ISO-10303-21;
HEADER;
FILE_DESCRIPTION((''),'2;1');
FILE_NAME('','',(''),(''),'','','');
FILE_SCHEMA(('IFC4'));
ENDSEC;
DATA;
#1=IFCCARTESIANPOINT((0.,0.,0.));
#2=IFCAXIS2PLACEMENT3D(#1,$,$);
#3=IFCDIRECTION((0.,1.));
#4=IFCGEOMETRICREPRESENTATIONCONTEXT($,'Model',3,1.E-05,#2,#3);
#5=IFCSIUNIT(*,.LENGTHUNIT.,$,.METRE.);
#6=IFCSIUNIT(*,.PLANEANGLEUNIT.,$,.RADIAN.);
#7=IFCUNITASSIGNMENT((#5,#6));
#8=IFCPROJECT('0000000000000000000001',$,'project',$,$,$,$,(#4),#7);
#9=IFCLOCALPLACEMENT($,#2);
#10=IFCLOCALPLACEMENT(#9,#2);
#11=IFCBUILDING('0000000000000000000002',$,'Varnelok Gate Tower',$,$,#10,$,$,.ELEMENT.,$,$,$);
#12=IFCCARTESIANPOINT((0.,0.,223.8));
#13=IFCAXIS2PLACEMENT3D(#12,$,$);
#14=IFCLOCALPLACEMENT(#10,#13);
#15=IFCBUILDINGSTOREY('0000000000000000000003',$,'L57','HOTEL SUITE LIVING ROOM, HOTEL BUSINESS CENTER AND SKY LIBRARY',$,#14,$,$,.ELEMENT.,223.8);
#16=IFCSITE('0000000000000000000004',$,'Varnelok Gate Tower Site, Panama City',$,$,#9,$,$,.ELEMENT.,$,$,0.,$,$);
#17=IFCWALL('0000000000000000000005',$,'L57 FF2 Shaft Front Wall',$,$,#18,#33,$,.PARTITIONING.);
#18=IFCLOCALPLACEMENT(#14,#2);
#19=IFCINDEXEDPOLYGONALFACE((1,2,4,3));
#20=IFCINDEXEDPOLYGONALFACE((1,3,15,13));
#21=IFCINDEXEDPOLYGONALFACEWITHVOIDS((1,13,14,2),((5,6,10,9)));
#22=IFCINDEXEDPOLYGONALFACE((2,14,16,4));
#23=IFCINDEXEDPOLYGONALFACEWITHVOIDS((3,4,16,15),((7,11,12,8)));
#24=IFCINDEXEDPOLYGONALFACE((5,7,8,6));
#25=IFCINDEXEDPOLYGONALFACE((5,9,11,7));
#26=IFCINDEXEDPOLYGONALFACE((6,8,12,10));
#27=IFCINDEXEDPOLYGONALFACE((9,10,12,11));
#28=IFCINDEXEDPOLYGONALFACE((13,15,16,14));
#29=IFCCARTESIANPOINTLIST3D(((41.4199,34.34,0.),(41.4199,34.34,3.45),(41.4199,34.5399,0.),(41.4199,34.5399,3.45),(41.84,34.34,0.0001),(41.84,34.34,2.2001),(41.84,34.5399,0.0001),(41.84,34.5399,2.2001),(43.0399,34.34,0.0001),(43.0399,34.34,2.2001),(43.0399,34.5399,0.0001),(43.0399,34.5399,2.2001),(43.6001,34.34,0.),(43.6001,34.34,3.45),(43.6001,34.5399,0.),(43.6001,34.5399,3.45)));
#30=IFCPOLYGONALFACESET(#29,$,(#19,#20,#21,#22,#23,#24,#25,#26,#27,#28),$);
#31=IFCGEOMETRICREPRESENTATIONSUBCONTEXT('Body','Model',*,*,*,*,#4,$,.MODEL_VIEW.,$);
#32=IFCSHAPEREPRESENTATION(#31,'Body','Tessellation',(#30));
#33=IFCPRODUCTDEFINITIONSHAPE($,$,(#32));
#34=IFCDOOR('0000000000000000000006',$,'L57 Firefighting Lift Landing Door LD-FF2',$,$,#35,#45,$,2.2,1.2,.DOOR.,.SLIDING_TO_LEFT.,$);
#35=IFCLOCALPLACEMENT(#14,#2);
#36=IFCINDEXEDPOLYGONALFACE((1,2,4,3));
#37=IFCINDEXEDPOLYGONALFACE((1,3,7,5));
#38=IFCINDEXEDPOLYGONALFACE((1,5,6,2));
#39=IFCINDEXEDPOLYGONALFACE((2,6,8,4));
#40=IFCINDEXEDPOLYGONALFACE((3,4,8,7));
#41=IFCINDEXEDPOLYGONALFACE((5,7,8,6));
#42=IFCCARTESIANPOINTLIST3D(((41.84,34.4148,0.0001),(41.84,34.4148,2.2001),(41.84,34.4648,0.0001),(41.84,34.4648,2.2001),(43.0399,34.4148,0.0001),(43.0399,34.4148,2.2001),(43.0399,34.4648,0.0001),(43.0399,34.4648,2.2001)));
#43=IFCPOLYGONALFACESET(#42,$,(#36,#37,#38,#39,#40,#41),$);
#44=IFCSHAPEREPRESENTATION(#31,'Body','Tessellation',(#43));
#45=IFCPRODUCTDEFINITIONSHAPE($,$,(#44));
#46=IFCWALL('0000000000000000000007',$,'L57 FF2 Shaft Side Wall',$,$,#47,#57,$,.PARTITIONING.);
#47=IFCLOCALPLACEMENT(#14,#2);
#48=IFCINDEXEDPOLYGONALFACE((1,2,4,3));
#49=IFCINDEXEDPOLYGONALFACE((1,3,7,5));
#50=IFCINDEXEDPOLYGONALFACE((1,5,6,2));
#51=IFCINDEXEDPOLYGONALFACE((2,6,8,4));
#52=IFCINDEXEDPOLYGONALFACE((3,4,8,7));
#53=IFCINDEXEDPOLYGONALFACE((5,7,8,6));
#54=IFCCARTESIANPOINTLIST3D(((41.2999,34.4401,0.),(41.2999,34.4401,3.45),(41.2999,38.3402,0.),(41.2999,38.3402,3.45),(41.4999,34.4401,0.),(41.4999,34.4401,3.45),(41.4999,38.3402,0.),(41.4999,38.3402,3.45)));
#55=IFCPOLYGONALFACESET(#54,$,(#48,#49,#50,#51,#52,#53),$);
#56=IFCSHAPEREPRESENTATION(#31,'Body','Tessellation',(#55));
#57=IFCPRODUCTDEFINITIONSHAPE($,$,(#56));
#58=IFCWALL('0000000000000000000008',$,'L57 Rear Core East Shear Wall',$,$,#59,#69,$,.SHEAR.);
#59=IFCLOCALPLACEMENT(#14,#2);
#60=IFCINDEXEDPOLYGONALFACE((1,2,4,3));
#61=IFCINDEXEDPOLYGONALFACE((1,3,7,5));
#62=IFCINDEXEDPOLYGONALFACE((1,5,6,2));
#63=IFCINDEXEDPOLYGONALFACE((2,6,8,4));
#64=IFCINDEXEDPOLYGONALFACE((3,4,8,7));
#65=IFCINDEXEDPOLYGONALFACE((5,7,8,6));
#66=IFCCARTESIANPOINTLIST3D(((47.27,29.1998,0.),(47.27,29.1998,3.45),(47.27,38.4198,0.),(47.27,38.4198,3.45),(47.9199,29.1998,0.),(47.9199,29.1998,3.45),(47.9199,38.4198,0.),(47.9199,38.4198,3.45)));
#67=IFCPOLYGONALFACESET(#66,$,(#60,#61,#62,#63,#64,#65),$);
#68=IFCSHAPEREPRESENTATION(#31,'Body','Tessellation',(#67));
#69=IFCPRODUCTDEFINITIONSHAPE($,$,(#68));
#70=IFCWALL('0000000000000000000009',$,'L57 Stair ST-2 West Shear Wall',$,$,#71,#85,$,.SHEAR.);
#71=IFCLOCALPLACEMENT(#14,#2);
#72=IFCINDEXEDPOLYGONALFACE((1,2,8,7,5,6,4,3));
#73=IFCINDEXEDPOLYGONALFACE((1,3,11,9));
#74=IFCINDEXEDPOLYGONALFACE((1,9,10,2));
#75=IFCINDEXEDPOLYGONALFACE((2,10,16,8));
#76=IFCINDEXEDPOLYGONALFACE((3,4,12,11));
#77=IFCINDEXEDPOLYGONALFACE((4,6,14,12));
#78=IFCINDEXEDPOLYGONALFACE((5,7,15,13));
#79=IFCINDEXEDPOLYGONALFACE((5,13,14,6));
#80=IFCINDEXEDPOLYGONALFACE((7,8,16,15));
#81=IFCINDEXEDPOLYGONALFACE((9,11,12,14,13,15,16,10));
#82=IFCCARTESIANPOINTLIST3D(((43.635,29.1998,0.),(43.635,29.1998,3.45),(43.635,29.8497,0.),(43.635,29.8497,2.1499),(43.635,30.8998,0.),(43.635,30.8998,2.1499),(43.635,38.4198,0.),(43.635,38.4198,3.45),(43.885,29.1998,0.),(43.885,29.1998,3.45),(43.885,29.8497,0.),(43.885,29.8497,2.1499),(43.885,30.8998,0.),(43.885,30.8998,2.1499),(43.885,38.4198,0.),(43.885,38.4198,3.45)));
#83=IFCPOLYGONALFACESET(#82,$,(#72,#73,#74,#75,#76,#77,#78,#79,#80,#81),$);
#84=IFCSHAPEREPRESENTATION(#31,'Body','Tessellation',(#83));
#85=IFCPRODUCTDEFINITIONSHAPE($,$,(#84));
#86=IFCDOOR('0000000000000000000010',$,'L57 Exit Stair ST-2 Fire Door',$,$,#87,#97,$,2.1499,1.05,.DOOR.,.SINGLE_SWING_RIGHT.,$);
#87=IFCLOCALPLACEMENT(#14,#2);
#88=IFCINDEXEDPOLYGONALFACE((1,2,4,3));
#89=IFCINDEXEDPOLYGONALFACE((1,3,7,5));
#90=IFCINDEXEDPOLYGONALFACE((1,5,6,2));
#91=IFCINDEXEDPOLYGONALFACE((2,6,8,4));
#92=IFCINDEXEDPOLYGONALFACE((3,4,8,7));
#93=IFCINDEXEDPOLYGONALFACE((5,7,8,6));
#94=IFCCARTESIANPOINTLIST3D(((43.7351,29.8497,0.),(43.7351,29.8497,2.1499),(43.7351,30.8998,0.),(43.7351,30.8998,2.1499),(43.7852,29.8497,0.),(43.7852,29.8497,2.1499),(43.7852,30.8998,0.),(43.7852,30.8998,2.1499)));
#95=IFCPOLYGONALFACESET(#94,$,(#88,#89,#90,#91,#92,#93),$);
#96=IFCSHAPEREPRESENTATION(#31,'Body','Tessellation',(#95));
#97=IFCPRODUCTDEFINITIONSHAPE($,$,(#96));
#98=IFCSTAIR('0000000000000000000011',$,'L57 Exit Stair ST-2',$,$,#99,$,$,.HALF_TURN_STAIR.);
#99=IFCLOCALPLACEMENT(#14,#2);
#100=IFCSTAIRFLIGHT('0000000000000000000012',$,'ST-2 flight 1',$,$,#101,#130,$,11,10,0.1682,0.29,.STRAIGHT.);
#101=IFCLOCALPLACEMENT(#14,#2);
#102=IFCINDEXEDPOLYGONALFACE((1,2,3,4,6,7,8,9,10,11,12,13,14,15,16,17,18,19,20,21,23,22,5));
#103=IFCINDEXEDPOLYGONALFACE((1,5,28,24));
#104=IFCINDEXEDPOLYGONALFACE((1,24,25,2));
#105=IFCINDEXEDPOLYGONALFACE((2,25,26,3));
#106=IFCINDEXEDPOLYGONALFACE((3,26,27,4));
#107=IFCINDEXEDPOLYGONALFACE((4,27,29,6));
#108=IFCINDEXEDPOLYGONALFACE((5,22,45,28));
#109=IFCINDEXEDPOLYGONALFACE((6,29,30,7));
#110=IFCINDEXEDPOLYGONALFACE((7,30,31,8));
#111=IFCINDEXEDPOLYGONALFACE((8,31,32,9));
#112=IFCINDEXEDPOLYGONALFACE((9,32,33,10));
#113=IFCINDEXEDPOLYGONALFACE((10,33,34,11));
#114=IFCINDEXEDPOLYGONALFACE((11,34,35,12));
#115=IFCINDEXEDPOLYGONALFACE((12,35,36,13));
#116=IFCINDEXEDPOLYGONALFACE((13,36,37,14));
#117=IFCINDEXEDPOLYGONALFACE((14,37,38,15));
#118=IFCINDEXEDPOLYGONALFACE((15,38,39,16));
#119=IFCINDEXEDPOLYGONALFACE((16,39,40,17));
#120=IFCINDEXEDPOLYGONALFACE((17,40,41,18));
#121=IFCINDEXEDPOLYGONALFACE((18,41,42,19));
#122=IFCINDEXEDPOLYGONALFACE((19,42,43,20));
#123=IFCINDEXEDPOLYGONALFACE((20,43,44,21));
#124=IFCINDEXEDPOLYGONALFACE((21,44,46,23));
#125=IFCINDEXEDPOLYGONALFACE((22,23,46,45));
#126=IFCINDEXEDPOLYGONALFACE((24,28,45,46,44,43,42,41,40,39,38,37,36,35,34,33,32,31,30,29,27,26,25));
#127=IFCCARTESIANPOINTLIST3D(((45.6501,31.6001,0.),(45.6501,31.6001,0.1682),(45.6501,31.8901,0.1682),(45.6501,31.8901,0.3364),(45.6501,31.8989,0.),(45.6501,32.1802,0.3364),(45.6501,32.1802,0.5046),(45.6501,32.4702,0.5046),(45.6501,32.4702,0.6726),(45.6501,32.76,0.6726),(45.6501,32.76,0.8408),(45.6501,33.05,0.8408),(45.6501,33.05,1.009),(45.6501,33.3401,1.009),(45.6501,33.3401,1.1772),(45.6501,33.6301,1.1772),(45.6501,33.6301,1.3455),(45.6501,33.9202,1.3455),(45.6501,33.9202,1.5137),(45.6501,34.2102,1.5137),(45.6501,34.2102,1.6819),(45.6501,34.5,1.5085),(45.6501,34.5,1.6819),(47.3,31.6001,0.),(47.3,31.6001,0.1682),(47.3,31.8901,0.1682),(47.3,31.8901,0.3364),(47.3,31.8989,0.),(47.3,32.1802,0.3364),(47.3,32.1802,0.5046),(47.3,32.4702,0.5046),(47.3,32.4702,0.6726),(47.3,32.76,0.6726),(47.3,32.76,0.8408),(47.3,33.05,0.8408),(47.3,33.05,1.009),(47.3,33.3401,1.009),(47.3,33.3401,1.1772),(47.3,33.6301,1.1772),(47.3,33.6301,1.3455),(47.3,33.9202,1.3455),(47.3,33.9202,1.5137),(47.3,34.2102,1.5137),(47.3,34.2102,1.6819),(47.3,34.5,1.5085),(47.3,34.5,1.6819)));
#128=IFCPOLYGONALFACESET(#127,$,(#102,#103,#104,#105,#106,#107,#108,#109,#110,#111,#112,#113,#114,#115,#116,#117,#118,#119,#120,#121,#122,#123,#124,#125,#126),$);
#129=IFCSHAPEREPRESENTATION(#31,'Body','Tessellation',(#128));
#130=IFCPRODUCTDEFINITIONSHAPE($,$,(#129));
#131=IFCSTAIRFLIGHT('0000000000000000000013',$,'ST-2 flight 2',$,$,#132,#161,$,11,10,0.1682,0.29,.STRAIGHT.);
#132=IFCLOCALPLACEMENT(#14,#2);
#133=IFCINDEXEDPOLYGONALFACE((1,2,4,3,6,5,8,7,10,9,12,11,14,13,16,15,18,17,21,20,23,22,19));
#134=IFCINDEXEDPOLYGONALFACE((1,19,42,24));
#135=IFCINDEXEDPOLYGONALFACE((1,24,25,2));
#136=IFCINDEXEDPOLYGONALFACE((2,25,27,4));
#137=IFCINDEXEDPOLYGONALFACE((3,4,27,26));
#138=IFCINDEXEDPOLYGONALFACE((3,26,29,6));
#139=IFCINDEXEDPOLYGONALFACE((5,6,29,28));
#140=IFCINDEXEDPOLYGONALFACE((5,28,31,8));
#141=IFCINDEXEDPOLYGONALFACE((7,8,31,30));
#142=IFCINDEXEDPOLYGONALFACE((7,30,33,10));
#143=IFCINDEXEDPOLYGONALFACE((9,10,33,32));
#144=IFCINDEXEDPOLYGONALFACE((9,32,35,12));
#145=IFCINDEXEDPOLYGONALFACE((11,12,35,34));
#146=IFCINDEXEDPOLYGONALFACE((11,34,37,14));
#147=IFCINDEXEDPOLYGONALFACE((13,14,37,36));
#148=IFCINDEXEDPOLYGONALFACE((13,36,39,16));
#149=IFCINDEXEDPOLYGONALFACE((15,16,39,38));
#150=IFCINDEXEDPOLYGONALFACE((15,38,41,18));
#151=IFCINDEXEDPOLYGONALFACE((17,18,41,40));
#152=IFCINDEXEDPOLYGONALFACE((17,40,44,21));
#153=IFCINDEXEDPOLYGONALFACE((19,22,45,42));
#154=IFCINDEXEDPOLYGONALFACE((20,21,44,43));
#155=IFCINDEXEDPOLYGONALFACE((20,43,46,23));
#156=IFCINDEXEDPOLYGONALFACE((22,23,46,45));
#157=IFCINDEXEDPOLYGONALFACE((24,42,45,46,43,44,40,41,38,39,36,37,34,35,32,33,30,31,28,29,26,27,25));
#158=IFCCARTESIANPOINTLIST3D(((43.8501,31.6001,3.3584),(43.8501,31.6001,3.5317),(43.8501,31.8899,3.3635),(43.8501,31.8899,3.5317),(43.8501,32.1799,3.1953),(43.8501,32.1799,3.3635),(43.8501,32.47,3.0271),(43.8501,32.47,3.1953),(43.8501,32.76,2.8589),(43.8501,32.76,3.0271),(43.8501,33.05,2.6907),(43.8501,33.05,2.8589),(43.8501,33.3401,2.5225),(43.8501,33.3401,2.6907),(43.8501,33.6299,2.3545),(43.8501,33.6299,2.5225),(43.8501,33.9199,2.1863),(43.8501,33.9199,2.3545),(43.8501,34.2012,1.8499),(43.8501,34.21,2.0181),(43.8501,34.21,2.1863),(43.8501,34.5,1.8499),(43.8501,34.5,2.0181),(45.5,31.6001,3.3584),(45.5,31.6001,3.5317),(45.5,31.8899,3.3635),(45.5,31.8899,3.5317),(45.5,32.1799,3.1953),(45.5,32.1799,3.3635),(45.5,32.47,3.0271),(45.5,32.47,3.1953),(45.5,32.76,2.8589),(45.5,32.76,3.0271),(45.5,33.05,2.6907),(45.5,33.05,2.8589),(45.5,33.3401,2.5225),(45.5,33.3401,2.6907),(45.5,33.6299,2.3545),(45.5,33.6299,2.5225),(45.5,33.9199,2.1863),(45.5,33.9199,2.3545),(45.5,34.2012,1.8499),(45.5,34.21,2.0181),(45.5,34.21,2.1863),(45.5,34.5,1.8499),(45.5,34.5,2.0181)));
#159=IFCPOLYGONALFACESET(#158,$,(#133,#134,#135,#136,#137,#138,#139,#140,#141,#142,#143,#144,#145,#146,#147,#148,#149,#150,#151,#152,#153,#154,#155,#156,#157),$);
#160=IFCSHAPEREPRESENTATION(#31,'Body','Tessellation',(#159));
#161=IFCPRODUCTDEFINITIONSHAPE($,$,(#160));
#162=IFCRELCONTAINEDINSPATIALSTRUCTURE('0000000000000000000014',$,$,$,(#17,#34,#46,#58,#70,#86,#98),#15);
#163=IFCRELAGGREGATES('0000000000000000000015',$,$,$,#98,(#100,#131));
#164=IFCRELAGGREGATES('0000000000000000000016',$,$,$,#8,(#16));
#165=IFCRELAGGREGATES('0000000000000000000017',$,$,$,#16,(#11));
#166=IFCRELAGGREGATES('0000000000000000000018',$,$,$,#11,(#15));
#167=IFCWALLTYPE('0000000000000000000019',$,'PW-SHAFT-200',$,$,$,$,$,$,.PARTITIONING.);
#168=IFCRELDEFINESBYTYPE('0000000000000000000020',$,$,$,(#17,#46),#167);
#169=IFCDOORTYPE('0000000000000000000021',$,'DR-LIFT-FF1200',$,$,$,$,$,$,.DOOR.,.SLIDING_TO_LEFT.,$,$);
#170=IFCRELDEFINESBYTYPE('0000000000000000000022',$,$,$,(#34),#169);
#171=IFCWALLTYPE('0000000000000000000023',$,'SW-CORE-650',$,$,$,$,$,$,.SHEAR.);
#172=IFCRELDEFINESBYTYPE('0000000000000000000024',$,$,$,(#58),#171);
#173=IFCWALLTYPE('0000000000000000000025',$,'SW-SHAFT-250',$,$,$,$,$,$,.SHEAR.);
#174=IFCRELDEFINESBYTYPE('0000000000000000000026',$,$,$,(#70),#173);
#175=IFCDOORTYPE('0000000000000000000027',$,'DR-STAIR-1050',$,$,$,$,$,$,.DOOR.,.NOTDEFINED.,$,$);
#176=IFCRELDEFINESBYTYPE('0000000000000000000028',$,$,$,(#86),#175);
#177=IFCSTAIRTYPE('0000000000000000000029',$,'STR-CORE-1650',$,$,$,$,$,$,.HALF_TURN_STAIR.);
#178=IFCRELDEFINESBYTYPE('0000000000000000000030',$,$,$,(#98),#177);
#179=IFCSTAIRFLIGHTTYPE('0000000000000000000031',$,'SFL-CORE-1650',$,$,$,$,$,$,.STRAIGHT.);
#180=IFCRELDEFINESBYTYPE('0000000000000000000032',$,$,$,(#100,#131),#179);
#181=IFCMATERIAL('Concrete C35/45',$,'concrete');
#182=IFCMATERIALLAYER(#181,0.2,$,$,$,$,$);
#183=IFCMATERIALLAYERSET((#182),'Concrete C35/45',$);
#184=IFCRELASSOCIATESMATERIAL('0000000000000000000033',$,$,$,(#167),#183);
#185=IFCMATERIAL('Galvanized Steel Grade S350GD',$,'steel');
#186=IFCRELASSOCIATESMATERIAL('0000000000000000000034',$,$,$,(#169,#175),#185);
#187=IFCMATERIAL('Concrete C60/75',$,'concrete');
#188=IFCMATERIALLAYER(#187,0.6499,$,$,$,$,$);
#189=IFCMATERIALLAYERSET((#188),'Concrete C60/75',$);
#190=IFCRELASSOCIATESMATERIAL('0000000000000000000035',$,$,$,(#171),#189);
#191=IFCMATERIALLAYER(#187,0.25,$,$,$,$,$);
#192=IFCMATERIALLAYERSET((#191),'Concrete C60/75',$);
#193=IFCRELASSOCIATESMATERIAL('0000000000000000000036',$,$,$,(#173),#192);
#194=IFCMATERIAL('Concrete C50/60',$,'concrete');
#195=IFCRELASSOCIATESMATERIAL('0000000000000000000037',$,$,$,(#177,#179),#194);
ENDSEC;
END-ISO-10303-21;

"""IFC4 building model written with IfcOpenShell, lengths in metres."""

from ifc_helpers import new_model, si_unit, direction, frame, frame_2d, origin, place, context, subcontext, project, spatial, polyline, rectangle, outline, extrude, material, layer, layer_set, type_object, element, fill, aggregate, save


model = new_model("IFC4")

# Units and contexts
model_context = context("Model", 3, precision=1e-05, world=origin(), true_north=direction((0.0, 1.0)))
body_context = subcontext(model_context, "Body", "Model", "MODEL_VIEW")
ifc_project = project(units=[si_unit("LENGTHUNIT", "METRE"), si_unit("PLANEANGLEUNIT", "RADIAN")], contexts=[model_context])

# Site, building, storey
site_placement = place(None, origin())
site = spatial("IfcSite", under=ifc_project, at=site_placement, Name="Varnelok Gate Tower Site, Panama City", CompositionType="ELEMENT", RefElevation=0.0)
building_placement = place(site_placement, origin())
building = spatial("IfcBuilding", under=site, at=building_placement, Name="Varnelok Gate Tower", CompositionType="ELEMENT")
storey_placement = place(building_placement, frame((0.0, 0.0, 223.8)))
storey = spatial("IfcBuildingStorey", under=building, at=storey_placement, Name="L57", Description="HOTEL SUITE LIVING ROOM, HOTEL BUSINESS CENTER AND SKY LIBRARY", CompositionType="ELEMENT", Elevation=223.8)

# Shared definitions
ifc_material_1 = material(Name="Galvanized Steel Grade S350GD", Category="steel")

# Shared definitions
ifc_material_2 = material(Name="Concrete C35/45", Category="concrete")
ifc_layer_1 = layer(ifc_material_2, 0.2)
ifc_layer_set_1 = layer_set([ifc_layer_1], Name="Concrete C35/45")
wall_type_1 = type_object("IfcWallType", Name="PW-SHAFT-200", PredefinedType="PARTITIONING", material=ifc_layer_set_1)

# Wall, opening, door
wall_1_placement = place(storey_placement, frame((41.4199, 34.4399, 0.0), z_axis=(0.0, 0.0, 1.0), x_axis=(1.0, 0.0, 0.0)))
wall_1 = element("IfcWall", 1, at=wall_1_placement, inside=storey, type_object=wall_type_1, Name="L57 FF2 Shaft Front Wall", PredefinedType="PARTITIONING", context=body_context, shape_type="SweptSolid", body=[
    extrude(rectangle(XDim=2.1802, YDim=0.2, at=frame_2d((1.0901, 0.0))), origin(), (0.0, 0.0, 1.0), 3.45),
])
opening_1_placement = place(wall_1_placement, frame((0.4199, 0.0, 0.0)))
opening_1 = element("IfcOpeningElement", 2, at=opening_1_placement, cuts=wall_1, PredefinedType="OPENING", context=body_context, shape_type="SweptSolid", body=[
    extrude(rectangle(XDim=1.2, YDim=2.2, at=frame_2d((0.6001, 1.1001))), frame((0.0, 0.1099, 0.0), z_axis=(0.0, -1.0, 0.0), x_axis=(1.0, 0.0, 0.0)), (0.0, 0.0, 1.0), 0.22),
])
door_type_1 = type_object("IfcDoorType", Name="DR-LIFT-FF1200", OperationType="SLIDING_TO_LEFT", PredefinedType="DOOR", material=ifc_material_1)
door_1_placement = place(opening_1_placement, origin())
door_1 = element("IfcDoor", 3, at=door_1_placement, inside=storey, type_object=door_type_1, Name="L57 Firefighting Lift Landing Door LD-FF2", OperationType="SLIDING_TO_LEFT", OverallHeight=2.2, OverallWidth=1.2, PredefinedType="DOOR", context=body_context, shape_type="SweptSolid", body=[
    extrude(rectangle(XDim=1.2, YDim=2.2, at=frame_2d((0.6001, 1.1001))), frame((0.0, 0.0249, 0.0), z_axis=(0.0, -1.0, 0.0), x_axis=(1.0, 0.0, 0.0)), (0.0, 0.0, 1.0), 0.05),
])
fill(opening_1, door_1)

# Walls
wall_2_placement = place(storey_placement, frame((41.3999, 34.4399, 0.0), z_axis=(0.0, 0.0, 1.0), x_axis=(0.0, 1.0, 0.0)))
element("IfcWall", 4, at=wall_2_placement, inside=storey, type_object=wall_type_1, Name="L57 FF2 Shaft Side Wall", PredefinedType="PARTITIONING", context=body_context, shape_type="SweptSolid", body=[
    extrude(rectangle(XDim=3.9001, YDim=0.2, at=frame_2d((1.9502, 0.0))), origin(), (0.0, 0.0, 1.0), 3.45),
])
ifc_material_3 = material(Name="Concrete C60/75", Category="concrete")
ifc_layer_2 = layer(ifc_material_3, 0.6499)
ifc_layer_set_2 = layer_set([ifc_layer_2], Name="Concrete C60/75")
wall_type_2 = type_object("IfcWallType", Name="SW-CORE-650", PredefinedType="SHEAR", material=ifc_layer_set_2)
wall_3_placement = place(storey_placement, frame((47.595, 29.2, 0.0), z_axis=(0.0, 0.0, 1.0), x_axis=(0.0, 1.0, 0.0)))
element("IfcWall", 5, at=wall_3_placement, inside=storey, type_object=wall_type_2, Name="L57 Rear Core East Shear Wall", PredefinedType="SHEAR", context=body_context, shape_type="SweptSolid", body=[
    extrude(rectangle(XDim=9.22, YDim=0.6499, at=frame_2d((4.6099, 0.0))), origin(), (0.0, 0.0, 1.0), 3.45),
])

# Wall, opening, door
ifc_layer_3 = layer(ifc_material_3, 0.25)
ifc_layer_set_3 = layer_set([ifc_layer_3], Name="Concrete C60/75")
wall_type_3 = type_object("IfcWallType", Name="SW-SHAFT-250", PredefinedType="SHEAR", material=ifc_layer_set_3)
wall_4_placement = place(storey_placement, frame((43.76, 29.2, 0.0), z_axis=(0.0, 0.0, 1.0), x_axis=(0.0, 1.0, 0.0)))
wall_4 = element("IfcWall", 6, at=wall_4_placement, inside=storey, type_object=wall_type_3, Name="L57 Stair ST-2 West Shear Wall", PredefinedType="SHEAR", context=body_context, shape_type="SweptSolid", body=[
    extrude(rectangle(XDim=9.22, YDim=0.25, at=frame_2d((4.6099, 0.0))), origin(), (0.0, 0.0, 1.0), 3.45),
])
opening_2_placement = place(wall_4_placement, frame((0.6499, 0.0, 0.0)))
opening_2 = element("IfcOpeningElement", 7, at=opening_2_placement, cuts=wall_4, PredefinedType="OPENING", context=body_context, shape_type="SweptSolid", body=[
    extrude(rectangle(XDim=1.05, YDim=2.1499, at=frame_2d((0.5249, 1.075))), frame((0.0, 0.135, 0.0), z_axis=(0.0, -1.0, 0.0), x_axis=(1.0, 0.0, 0.0)), (0.0, 0.0, 1.0), 0.27),
])
door_type_2 = type_object("IfcDoorType", Name="DR-STAIR-1050", OperationType="NOTDEFINED", PredefinedType="DOOR", material=ifc_material_1)
door_2_placement = place(opening_2_placement, origin())
door_2 = element("IfcDoor", 8, at=door_2_placement, inside=storey, type_object=door_type_2, Name="L57 Exit Stair ST-2 Fire Door", OperationType="SINGLE_SWING_RIGHT", OverallHeight=2.1499, OverallWidth=1.05, PredefinedType="DOOR", context=body_context, shape_type="SweptSolid", body=[
    extrude(rectangle(XDim=1.05, YDim=2.1499, at=frame_2d((0.5249, 1.075))), frame((0.0, 0.0249, 0.0), z_axis=(0.0, -1.0, 0.0), x_axis=(1.0, 0.0, 0.0)), (0.0, 0.0, 1.0), 0.05),
])
fill(opening_2, door_2)

# Stair, stair flights
ifc_material_4 = material(Name="Concrete C50/60", Category="concrete")
stair_type = type_object("IfcStairType", Name="STR-CORE-1650", PredefinedType="HALF_TURN_STAIR", material=ifc_material_4)
stair_placement = place(storey_placement, origin())
stair = element("IfcStair", 9, at=stair_placement, inside=storey, type_object=stair_type, Name="L57 Exit Stair ST-2", PredefinedType="HALF_TURN_STAIR")
stair_flight_type = type_object("IfcStairFlightType", Name="SFL-CORE-1650", PredefinedType="STRAIGHT", material=ifc_material_4)
stair_flight_1_placement = place(storey_placement, frame((46.4751, 31.6001, 0.0), z_axis=(0.0, 0.0, 1.0), x_axis=(0.0, 1.0, 0.0)))
stair_flight_1 = element("IfcStairFlight", 10, at=stair_flight_1_placement, type_object=stair_flight_type, Name="ST-2 flight 1", NumberOfRisers=11, NumberOfTreads=10, PredefinedType="STRAIGHT", RiserHeight=0.1682, TreadLength=0.29, context=body_context, shape_type="SweptSolid", body=[
    extrude(outline(polyline([(0.0, 0.0), (0.0, 0.1682), (0.29, 0.1682), (0.29, 0.3364), (0.5801, 0.3364), (0.5801, 0.5046), (0.8701, 0.5046), (0.8701, 0.6726), (1.1599, 0.6726), (1.1599, 0.8408), (1.45, 0.8408), (1.45, 1.009), (1.74, 1.009), (1.74, 1.1772), (2.03, 1.1772), (2.03, 1.3455), (2.3201, 1.3455), (2.3201, 1.5137), (2.6101, 1.5137), (2.6101, 1.6819), (2.8999, 1.6819), (2.8999, 1.8501), (2.8999, 1.5085), (0.2988, 0.0), (0.0, 0.0)])), frame((0.0, 0.825, 0.0), z_axis=(0.0, -1.0, 0.0), x_axis=(1.0, 0.0, 0.0)), (0.0, 0.0, 1.0), 1.6499),
])
stair_flight_2_placement = place(storey_placement, frame((44.675, 34.5, 1.8499), z_axis=(0.0, 0.0, 1.0), x_axis=(0.0, -1.0, 0.0)))
stair_flight_2 = element("IfcStairFlight", 11, at=stair_flight_2_placement, type_object=stair_flight_type, Name="ST-2 flight 2", NumberOfRisers=11, NumberOfTreads=10, PredefinedType="STRAIGHT", RiserHeight=0.1682, TreadLength=0.29, context=body_context, shape_type="SweptSolid", body=[
    extrude(outline(polyline([(0.0, 0.0), (0.0, 0.1682), (0.29, 0.1682), (0.29, 0.3364), (0.5801, 0.3364), (0.5801, 0.5046), (0.8701, 0.5046), (0.8701, 0.6726), (1.1599, 0.6726), (1.1599, 0.8408), (1.45, 0.8408), (1.45, 1.009), (1.74, 1.009), (1.74, 1.1772), (2.03, 1.1772), (2.03, 1.3455), (2.3201, 1.3455), (2.3201, 1.5137), (2.6101, 1.5137), (2.6101, 1.6819), (2.8999, 1.6819), (2.8999, 1.8501), (2.8999, 1.5085), (0.2988, 0.0), (0.0, 0.0)])), frame((0.0, 0.825, 0.0), z_axis=(0.0, -1.0, 0.0), x_axis=(1.0, 0.0, 0.0)), (0.0, 0.0, 1.0), 1.6499),
])
aggregate(stair, [stair_flight_1, stair_flight_2])

save(model, "model.ifc")
